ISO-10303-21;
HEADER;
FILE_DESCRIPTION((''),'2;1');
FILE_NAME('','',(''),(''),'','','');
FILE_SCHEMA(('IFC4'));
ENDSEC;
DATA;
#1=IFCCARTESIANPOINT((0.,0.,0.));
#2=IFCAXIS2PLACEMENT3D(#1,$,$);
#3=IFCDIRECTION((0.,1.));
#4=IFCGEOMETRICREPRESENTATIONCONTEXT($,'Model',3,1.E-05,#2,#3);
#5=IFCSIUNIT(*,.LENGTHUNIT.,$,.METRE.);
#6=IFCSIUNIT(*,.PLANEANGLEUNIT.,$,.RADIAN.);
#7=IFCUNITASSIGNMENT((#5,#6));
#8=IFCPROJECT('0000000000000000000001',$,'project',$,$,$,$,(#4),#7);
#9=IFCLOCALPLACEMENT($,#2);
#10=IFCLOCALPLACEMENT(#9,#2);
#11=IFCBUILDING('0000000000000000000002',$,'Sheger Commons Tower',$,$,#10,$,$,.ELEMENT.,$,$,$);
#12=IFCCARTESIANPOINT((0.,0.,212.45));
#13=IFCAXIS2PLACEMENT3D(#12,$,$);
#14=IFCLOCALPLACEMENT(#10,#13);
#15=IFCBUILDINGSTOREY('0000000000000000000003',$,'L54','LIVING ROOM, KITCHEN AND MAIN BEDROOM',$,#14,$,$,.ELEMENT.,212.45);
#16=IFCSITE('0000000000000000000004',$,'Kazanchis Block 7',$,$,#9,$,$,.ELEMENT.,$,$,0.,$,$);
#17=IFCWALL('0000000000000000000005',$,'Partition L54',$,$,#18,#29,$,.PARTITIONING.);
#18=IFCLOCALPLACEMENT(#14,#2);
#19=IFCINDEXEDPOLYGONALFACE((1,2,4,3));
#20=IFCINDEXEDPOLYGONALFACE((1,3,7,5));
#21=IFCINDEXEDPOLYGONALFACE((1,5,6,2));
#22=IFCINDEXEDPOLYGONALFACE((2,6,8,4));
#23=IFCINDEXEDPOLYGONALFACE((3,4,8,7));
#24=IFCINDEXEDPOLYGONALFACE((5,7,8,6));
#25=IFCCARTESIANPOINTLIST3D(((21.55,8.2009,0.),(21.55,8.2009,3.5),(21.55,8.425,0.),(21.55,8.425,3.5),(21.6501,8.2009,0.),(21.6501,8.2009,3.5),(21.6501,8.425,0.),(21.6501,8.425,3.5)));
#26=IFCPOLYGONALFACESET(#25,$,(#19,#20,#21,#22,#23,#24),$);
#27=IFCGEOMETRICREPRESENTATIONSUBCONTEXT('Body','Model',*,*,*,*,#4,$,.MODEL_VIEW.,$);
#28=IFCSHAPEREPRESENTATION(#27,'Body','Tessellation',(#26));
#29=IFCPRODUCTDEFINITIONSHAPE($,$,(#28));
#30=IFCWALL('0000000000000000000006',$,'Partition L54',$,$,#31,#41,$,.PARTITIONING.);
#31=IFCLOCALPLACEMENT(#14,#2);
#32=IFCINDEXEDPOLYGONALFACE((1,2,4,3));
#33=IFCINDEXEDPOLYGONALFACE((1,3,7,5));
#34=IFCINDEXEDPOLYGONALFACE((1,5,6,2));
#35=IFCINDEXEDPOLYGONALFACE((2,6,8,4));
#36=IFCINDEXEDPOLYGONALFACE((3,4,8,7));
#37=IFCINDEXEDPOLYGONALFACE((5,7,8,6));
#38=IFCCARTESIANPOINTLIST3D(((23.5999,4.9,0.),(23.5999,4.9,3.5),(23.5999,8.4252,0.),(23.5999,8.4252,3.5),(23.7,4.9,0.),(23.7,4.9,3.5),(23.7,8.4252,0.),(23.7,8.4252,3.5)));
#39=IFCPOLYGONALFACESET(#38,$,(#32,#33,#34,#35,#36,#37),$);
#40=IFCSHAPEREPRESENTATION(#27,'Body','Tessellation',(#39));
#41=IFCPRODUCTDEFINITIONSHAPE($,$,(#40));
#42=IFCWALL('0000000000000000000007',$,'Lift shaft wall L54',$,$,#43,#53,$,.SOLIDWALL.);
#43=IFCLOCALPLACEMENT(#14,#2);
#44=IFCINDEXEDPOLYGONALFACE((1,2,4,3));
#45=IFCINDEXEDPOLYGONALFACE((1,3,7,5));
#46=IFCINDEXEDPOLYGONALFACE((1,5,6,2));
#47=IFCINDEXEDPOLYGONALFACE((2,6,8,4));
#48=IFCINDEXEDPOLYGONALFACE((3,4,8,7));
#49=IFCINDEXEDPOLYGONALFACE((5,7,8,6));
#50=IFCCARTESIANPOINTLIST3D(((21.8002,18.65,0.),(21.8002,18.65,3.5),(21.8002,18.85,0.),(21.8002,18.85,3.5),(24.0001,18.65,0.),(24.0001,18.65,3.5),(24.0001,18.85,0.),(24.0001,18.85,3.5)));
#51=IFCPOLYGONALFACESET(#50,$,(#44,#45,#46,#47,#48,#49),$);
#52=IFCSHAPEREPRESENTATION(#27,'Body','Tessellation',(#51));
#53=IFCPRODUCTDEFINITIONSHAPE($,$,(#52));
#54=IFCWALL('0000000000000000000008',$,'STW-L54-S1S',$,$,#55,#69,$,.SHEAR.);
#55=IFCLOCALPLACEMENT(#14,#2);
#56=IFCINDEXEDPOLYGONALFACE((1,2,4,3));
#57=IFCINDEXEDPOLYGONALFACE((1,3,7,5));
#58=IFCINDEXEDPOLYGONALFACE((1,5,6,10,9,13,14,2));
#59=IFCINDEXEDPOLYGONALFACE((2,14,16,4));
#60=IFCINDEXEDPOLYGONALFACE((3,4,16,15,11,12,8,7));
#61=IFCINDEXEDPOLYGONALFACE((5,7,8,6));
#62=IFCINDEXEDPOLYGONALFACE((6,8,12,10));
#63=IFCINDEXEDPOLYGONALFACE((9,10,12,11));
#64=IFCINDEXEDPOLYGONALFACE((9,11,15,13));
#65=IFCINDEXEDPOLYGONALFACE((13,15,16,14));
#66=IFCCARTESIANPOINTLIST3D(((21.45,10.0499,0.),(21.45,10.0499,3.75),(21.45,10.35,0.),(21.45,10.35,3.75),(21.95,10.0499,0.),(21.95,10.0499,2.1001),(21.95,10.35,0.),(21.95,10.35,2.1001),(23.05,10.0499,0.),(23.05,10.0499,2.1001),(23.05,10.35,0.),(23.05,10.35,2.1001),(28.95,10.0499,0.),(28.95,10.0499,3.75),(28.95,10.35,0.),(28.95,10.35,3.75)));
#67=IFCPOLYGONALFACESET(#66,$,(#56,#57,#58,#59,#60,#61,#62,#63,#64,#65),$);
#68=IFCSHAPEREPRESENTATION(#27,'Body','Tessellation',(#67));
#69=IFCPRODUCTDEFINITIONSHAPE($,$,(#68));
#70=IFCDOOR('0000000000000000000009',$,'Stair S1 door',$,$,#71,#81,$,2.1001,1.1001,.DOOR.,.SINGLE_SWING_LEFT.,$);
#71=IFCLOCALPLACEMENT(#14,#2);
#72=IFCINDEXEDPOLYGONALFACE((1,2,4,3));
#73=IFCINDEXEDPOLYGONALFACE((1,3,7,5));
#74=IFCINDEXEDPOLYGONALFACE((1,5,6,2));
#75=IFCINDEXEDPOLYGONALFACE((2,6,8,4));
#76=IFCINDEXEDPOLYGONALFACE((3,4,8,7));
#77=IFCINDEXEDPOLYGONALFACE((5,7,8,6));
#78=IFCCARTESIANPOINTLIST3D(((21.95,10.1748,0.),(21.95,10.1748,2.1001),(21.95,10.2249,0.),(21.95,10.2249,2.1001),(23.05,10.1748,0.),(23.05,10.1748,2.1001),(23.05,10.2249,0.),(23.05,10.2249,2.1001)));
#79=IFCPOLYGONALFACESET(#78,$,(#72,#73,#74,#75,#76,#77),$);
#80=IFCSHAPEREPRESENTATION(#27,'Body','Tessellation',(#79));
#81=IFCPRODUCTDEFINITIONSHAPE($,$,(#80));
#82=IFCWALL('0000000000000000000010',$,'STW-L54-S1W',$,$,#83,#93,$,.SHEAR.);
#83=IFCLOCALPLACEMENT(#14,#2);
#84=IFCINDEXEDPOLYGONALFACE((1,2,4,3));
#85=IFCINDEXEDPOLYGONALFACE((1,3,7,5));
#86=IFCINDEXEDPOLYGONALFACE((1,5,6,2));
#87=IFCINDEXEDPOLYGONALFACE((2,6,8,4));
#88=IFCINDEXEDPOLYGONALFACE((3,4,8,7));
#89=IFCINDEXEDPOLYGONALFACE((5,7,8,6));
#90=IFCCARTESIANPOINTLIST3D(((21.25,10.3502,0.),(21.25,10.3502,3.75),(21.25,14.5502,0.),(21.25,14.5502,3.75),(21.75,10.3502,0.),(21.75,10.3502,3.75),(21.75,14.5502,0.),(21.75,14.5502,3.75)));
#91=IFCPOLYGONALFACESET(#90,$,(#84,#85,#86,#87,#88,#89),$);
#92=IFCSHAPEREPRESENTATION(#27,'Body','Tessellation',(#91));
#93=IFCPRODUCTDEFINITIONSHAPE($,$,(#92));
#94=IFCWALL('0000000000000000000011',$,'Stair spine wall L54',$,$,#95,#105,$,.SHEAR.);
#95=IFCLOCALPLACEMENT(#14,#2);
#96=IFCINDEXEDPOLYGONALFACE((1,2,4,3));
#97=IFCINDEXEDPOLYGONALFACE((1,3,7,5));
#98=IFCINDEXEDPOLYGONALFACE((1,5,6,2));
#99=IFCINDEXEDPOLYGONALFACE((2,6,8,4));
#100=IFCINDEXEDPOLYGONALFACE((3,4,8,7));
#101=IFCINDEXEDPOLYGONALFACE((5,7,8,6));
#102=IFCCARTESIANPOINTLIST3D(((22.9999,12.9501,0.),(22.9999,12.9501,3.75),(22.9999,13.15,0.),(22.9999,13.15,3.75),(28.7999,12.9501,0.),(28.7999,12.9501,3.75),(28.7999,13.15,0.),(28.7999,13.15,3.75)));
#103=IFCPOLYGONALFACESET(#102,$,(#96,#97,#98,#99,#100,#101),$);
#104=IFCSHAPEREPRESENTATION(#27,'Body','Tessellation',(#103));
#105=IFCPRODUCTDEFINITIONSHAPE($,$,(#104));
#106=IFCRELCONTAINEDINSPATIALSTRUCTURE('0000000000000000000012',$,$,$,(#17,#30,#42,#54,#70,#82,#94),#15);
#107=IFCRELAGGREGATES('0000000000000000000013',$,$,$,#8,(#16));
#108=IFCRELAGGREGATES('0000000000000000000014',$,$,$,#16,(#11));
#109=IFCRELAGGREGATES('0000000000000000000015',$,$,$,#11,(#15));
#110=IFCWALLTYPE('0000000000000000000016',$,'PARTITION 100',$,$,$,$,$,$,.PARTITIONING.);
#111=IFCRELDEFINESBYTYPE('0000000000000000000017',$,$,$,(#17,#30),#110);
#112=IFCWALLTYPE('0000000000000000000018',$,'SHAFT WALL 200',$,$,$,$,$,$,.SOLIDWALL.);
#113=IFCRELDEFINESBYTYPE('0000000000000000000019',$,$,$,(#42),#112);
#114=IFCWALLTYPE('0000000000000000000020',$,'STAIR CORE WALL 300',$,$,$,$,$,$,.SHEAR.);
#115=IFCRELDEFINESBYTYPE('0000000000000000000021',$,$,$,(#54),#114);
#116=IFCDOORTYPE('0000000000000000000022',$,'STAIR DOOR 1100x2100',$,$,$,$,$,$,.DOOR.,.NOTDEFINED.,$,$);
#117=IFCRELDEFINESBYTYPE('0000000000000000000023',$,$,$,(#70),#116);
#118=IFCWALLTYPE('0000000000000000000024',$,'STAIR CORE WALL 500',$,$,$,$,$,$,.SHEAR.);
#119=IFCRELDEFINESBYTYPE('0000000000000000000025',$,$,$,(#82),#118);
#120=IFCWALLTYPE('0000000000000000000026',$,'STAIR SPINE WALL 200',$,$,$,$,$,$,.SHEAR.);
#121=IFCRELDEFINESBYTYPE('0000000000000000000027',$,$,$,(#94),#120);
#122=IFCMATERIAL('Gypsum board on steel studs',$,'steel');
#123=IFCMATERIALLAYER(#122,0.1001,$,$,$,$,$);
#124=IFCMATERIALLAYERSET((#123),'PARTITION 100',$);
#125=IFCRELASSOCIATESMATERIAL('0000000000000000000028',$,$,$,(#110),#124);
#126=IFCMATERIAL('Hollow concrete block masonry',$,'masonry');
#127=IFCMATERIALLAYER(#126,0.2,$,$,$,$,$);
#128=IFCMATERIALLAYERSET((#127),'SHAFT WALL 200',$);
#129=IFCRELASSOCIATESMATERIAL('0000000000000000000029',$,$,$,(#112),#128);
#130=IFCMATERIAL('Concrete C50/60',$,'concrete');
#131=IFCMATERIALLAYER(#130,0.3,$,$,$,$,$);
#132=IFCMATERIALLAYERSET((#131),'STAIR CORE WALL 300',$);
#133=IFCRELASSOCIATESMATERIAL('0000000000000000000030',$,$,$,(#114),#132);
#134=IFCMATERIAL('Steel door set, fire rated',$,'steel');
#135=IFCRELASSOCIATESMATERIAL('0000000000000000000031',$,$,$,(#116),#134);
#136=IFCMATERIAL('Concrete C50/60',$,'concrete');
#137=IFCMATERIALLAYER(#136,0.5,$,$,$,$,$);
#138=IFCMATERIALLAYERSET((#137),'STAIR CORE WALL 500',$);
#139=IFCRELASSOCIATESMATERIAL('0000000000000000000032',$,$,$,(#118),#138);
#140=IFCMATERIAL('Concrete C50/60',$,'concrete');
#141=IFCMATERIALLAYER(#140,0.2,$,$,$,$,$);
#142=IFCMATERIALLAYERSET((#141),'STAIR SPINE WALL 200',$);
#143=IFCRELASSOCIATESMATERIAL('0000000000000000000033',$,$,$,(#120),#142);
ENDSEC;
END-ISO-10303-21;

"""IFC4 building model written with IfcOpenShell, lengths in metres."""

from ifc_helpers import new_model, si_unit, direction, frame, frame_2d, origin, place, context, subcontext, project, spatial, rectangle, extrude, material, layer, layer_set, type_object, element, fill, save


model = new_model("IFC4")

# Units and contexts
model_context = context("Model", 3, precision=1e-05, world=origin(), true_north=direction((0.0, 1.0)))
body_context = subcontext(model_context, "Body", "Model", "MODEL_VIEW")
ifc_project = project(units=[si_unit("LENGTHUNIT", "METRE"), si_unit("PLANEANGLEUNIT", "RADIAN")], contexts=[model_context])

# Site, building, storey
site_placement = place(None, origin())
site = spatial("IfcSite", under=ifc_project, at=site_placement, Name="Kazanchis Block 7", CompositionType="ELEMENT", RefElevation=0.0)
building_placement = place(site_placement, origin())
building = spatial("IfcBuilding", under=site, at=building_placement, Name="Sheger Commons Tower", CompositionType="ELEMENT")
storey_placement = place(building_placement, frame((0.0, 0.0, 212.45)))
storey = spatial("IfcBuildingStorey", under=building, at=storey_placement, Name="L54", Description="LIVING ROOM, KITCHEN AND MAIN BEDROOM", CompositionType="ELEMENT", Elevation=212.45)

# Walls
ifc_material_1 = material(Name="Gypsum board on steel studs", Category="steel")
ifc_layer_1 = layer(ifc_material_1, 0.1001)
ifc_layer_set_1 = layer_set([ifc_layer_1], Name="PARTITION 100")
wall_type_1 = type_object("IfcWallType", Name="PARTITION 100", PredefinedType="PARTITIONING", material=ifc_layer_set_1)
wall_1_placement = place(storey_placement, frame((21.6001, 8.2009, 0.0), z_axis=(0.0, 0.0, 1.0), x_axis=(0.0, 1.0, 0.0)))
element("IfcWall", 1, at=wall_1_placement, inside=storey, type_object=wall_type_1, Name="Partition L54", PredefinedType="PARTITIONING", context=body_context, shape_type="SweptSolid", body=[
    extrude(rectangle(XDim=0.2241, YDim=0.1001, at=frame_2d((0.1121, 0.0))), origin(), (0.0, 0.0, 1.0), 3.5),
])
wall_2_placement = place(storey_placement, frame((23.6499, 4.8999, 0.0), z_axis=(0.0, 0.0, 1.0), x_axis=(0.0, 1.0, 0.0)))
element("IfcWall", 2, at=wall_2_placement, inside=storey, type_object=wall_type_1, Name="Partition L54", PredefinedType="PARTITIONING", context=body_context, shape_type="SweptSolid", body=[
    extrude(rectangle(XDim=3.5251, YDim=0.1001, at=frame_2d((1.7627, 0.0))), origin(), (0.0, 0.0, 1.0), 3.5),
])
ifc_material_2 = material(Name="Hollow concrete block masonry", Category="masonry")
ifc_layer_2 = layer(ifc_material_2, 0.2)
ifc_layer_set_2 = layer_set([ifc_layer_2], Name="SHAFT WALL 200")
wall_type_2 = type_object("IfcWallType", Name="SHAFT WALL 200", PredefinedType="SOLIDWALL", material=ifc_layer_set_2)
wall_3_placement = place(storey_placement, frame((21.8, 18.75, 0.0), z_axis=(0.0, 0.0, 1.0), x_axis=(1.0, 0.0, 0.0)))
element("IfcWall", 3, at=wall_3_placement, inside=storey, type_object=wall_type_2, Name="Lift shaft wall L54", PredefinedType="SOLIDWALL", context=body_context, shape_type="SweptSolid", body=[
    extrude(rectangle(XDim=2.2, YDim=0.2, at=frame_2d((1.1001, 0.0))), origin(), (0.0, 0.0, 1.0), 3.5),
])

# Wall, opening, door
ifc_material_3 = material(Name="Concrete C50/60", Category="concrete")
ifc_layer_3 = layer(ifc_material_3, 0.3)
ifc_layer_set_3 = layer_set([ifc_layer_3], Name="STAIR CORE WALL 300")
wall_type_3 = type_object("IfcWallType", Name="STAIR CORE WALL 300", PredefinedType="SHEAR", material=ifc_layer_set_3)
wall_4_placement = place(storey_placement, frame((21.45, 10.2, 0.0), z_axis=(0.0, 0.0, 1.0), x_axis=(1.0, 0.0, 0.0)))
wall_4 = element("IfcWall", 4, at=wall_4_placement, inside=storey, type_object=wall_type_3, Name="STW-L54-S1S", PredefinedType="SHEAR", context=body_context, shape_type="SweptSolid", body=[
    extrude(rectangle(XDim=7.5, YDim=0.3, at=frame_2d((3.75, 0.0))), origin(), (0.0, 0.0, 1.0), 3.75),
])
opening_1_placement = place(wall_4_placement, frame((0.5, 0.0, 0.0)))
opening_1 = element("IfcOpeningElement", 5, at=opening_1_placement, cuts=wall_4, PredefinedType="OPENING", context=body_context, shape_type="SweptSolid", body=[
    extrude(rectangle(XDim=1.1001, YDim=2.1001, at=frame_2d((0.55, 1.05))), frame((0.0, 0.1599, 0.0), z_axis=(0.0, -1.0, 0.0), x_axis=(1.0, 0.0, 0.0)), (0.0, 0.0, 1.0), 0.3201),
])
ifc_material_4 = material(Name="Steel door set, fire rated", Category="steel")
door_type_1 = type_object("IfcDoorType", Name="STAIR DOOR 1100x2100", OperationType="NOTDEFINED", PredefinedType="DOOR", material=ifc_material_4)
door_1_placement = place(opening_1_placement, origin())
door_1 = element("IfcDoor", 6, at=door_1_placement, inside=storey, type_object=door_type_1, Name="Stair S1 door", OperationType="SINGLE_SWING_LEFT", OverallHeight=2.1001, OverallWidth=1.1001, PredefinedType="DOOR", context=body_context, shape_type="SweptSolid", body=[
    extrude(rectangle(XDim=1.1001, YDim=2.1001, at=frame_2d((0.55, 1.05))), frame((0.0, 0.0249, 0.0), z_axis=(0.0, -1.0, 0.0), x_axis=(1.0, 0.0, 0.0)), (0.0, 0.0, 1.0), 0.05),
])
fill(opening_1, door_1)

# Walls
ifc_material_5 = material(Name="Concrete C50/60", Category="concrete")
ifc_layer_4 = layer(ifc_material_5, 0.5)
ifc_layer_set_4 = layer_set([ifc_layer_4], Name="STAIR CORE WALL 500")
wall_type_4 = type_object("IfcWallType", Name="STAIR CORE WALL 500", PredefinedType="SHEAR", material=ifc_layer_set_4)
wall_5_placement = place(storey_placement, frame((21.5, 10.3501, 0.0), z_axis=(0.0, 0.0, 1.0), x_axis=(0.0, 1.0, 0.0)))
element("IfcWall", 7, at=wall_5_placement, inside=storey, type_object=wall_type_4, Name="STW-L54-S1W", PredefinedType="SHEAR", context=body_context, shape_type="SweptSolid", body=[
    extrude(rectangle(XDim=4.2, YDim=0.5, at=frame_2d((2.1001, 0.0))), origin(), (0.0, 0.0, 1.0), 3.75),
])
ifc_material_6 = material(Name="Concrete C50/60", Category="concrete")
ifc_layer_5 = layer(ifc_material_6, 0.2)
ifc_layer_set_5 = layer_set([ifc_layer_5], Name="STAIR SPINE WALL 200")
wall_type_5 = type_object("IfcWallType", Name="STAIR SPINE WALL 200", PredefinedType="SHEAR", material=ifc_layer_set_5)
wall_6_placement = place(storey_placement, frame((23.0, 13.05, 0.0), z_axis=(0.0, 0.0, 1.0), x_axis=(1.0, 0.0, 0.0)))
element("IfcWall", 8, at=wall_6_placement, inside=storey, type_object=wall_type_5, Name="Stair spine wall L54", PredefinedType="SHEAR", context=body_context, shape_type="SweptSolid", body=[
    extrude(rectangle(XDim=5.8, YDim=0.2, at=frame_2d((2.8999, 0.0))), origin(), (0.0, 0.0, 1.0), 3.75),
])

save(model, "model.ifc")
